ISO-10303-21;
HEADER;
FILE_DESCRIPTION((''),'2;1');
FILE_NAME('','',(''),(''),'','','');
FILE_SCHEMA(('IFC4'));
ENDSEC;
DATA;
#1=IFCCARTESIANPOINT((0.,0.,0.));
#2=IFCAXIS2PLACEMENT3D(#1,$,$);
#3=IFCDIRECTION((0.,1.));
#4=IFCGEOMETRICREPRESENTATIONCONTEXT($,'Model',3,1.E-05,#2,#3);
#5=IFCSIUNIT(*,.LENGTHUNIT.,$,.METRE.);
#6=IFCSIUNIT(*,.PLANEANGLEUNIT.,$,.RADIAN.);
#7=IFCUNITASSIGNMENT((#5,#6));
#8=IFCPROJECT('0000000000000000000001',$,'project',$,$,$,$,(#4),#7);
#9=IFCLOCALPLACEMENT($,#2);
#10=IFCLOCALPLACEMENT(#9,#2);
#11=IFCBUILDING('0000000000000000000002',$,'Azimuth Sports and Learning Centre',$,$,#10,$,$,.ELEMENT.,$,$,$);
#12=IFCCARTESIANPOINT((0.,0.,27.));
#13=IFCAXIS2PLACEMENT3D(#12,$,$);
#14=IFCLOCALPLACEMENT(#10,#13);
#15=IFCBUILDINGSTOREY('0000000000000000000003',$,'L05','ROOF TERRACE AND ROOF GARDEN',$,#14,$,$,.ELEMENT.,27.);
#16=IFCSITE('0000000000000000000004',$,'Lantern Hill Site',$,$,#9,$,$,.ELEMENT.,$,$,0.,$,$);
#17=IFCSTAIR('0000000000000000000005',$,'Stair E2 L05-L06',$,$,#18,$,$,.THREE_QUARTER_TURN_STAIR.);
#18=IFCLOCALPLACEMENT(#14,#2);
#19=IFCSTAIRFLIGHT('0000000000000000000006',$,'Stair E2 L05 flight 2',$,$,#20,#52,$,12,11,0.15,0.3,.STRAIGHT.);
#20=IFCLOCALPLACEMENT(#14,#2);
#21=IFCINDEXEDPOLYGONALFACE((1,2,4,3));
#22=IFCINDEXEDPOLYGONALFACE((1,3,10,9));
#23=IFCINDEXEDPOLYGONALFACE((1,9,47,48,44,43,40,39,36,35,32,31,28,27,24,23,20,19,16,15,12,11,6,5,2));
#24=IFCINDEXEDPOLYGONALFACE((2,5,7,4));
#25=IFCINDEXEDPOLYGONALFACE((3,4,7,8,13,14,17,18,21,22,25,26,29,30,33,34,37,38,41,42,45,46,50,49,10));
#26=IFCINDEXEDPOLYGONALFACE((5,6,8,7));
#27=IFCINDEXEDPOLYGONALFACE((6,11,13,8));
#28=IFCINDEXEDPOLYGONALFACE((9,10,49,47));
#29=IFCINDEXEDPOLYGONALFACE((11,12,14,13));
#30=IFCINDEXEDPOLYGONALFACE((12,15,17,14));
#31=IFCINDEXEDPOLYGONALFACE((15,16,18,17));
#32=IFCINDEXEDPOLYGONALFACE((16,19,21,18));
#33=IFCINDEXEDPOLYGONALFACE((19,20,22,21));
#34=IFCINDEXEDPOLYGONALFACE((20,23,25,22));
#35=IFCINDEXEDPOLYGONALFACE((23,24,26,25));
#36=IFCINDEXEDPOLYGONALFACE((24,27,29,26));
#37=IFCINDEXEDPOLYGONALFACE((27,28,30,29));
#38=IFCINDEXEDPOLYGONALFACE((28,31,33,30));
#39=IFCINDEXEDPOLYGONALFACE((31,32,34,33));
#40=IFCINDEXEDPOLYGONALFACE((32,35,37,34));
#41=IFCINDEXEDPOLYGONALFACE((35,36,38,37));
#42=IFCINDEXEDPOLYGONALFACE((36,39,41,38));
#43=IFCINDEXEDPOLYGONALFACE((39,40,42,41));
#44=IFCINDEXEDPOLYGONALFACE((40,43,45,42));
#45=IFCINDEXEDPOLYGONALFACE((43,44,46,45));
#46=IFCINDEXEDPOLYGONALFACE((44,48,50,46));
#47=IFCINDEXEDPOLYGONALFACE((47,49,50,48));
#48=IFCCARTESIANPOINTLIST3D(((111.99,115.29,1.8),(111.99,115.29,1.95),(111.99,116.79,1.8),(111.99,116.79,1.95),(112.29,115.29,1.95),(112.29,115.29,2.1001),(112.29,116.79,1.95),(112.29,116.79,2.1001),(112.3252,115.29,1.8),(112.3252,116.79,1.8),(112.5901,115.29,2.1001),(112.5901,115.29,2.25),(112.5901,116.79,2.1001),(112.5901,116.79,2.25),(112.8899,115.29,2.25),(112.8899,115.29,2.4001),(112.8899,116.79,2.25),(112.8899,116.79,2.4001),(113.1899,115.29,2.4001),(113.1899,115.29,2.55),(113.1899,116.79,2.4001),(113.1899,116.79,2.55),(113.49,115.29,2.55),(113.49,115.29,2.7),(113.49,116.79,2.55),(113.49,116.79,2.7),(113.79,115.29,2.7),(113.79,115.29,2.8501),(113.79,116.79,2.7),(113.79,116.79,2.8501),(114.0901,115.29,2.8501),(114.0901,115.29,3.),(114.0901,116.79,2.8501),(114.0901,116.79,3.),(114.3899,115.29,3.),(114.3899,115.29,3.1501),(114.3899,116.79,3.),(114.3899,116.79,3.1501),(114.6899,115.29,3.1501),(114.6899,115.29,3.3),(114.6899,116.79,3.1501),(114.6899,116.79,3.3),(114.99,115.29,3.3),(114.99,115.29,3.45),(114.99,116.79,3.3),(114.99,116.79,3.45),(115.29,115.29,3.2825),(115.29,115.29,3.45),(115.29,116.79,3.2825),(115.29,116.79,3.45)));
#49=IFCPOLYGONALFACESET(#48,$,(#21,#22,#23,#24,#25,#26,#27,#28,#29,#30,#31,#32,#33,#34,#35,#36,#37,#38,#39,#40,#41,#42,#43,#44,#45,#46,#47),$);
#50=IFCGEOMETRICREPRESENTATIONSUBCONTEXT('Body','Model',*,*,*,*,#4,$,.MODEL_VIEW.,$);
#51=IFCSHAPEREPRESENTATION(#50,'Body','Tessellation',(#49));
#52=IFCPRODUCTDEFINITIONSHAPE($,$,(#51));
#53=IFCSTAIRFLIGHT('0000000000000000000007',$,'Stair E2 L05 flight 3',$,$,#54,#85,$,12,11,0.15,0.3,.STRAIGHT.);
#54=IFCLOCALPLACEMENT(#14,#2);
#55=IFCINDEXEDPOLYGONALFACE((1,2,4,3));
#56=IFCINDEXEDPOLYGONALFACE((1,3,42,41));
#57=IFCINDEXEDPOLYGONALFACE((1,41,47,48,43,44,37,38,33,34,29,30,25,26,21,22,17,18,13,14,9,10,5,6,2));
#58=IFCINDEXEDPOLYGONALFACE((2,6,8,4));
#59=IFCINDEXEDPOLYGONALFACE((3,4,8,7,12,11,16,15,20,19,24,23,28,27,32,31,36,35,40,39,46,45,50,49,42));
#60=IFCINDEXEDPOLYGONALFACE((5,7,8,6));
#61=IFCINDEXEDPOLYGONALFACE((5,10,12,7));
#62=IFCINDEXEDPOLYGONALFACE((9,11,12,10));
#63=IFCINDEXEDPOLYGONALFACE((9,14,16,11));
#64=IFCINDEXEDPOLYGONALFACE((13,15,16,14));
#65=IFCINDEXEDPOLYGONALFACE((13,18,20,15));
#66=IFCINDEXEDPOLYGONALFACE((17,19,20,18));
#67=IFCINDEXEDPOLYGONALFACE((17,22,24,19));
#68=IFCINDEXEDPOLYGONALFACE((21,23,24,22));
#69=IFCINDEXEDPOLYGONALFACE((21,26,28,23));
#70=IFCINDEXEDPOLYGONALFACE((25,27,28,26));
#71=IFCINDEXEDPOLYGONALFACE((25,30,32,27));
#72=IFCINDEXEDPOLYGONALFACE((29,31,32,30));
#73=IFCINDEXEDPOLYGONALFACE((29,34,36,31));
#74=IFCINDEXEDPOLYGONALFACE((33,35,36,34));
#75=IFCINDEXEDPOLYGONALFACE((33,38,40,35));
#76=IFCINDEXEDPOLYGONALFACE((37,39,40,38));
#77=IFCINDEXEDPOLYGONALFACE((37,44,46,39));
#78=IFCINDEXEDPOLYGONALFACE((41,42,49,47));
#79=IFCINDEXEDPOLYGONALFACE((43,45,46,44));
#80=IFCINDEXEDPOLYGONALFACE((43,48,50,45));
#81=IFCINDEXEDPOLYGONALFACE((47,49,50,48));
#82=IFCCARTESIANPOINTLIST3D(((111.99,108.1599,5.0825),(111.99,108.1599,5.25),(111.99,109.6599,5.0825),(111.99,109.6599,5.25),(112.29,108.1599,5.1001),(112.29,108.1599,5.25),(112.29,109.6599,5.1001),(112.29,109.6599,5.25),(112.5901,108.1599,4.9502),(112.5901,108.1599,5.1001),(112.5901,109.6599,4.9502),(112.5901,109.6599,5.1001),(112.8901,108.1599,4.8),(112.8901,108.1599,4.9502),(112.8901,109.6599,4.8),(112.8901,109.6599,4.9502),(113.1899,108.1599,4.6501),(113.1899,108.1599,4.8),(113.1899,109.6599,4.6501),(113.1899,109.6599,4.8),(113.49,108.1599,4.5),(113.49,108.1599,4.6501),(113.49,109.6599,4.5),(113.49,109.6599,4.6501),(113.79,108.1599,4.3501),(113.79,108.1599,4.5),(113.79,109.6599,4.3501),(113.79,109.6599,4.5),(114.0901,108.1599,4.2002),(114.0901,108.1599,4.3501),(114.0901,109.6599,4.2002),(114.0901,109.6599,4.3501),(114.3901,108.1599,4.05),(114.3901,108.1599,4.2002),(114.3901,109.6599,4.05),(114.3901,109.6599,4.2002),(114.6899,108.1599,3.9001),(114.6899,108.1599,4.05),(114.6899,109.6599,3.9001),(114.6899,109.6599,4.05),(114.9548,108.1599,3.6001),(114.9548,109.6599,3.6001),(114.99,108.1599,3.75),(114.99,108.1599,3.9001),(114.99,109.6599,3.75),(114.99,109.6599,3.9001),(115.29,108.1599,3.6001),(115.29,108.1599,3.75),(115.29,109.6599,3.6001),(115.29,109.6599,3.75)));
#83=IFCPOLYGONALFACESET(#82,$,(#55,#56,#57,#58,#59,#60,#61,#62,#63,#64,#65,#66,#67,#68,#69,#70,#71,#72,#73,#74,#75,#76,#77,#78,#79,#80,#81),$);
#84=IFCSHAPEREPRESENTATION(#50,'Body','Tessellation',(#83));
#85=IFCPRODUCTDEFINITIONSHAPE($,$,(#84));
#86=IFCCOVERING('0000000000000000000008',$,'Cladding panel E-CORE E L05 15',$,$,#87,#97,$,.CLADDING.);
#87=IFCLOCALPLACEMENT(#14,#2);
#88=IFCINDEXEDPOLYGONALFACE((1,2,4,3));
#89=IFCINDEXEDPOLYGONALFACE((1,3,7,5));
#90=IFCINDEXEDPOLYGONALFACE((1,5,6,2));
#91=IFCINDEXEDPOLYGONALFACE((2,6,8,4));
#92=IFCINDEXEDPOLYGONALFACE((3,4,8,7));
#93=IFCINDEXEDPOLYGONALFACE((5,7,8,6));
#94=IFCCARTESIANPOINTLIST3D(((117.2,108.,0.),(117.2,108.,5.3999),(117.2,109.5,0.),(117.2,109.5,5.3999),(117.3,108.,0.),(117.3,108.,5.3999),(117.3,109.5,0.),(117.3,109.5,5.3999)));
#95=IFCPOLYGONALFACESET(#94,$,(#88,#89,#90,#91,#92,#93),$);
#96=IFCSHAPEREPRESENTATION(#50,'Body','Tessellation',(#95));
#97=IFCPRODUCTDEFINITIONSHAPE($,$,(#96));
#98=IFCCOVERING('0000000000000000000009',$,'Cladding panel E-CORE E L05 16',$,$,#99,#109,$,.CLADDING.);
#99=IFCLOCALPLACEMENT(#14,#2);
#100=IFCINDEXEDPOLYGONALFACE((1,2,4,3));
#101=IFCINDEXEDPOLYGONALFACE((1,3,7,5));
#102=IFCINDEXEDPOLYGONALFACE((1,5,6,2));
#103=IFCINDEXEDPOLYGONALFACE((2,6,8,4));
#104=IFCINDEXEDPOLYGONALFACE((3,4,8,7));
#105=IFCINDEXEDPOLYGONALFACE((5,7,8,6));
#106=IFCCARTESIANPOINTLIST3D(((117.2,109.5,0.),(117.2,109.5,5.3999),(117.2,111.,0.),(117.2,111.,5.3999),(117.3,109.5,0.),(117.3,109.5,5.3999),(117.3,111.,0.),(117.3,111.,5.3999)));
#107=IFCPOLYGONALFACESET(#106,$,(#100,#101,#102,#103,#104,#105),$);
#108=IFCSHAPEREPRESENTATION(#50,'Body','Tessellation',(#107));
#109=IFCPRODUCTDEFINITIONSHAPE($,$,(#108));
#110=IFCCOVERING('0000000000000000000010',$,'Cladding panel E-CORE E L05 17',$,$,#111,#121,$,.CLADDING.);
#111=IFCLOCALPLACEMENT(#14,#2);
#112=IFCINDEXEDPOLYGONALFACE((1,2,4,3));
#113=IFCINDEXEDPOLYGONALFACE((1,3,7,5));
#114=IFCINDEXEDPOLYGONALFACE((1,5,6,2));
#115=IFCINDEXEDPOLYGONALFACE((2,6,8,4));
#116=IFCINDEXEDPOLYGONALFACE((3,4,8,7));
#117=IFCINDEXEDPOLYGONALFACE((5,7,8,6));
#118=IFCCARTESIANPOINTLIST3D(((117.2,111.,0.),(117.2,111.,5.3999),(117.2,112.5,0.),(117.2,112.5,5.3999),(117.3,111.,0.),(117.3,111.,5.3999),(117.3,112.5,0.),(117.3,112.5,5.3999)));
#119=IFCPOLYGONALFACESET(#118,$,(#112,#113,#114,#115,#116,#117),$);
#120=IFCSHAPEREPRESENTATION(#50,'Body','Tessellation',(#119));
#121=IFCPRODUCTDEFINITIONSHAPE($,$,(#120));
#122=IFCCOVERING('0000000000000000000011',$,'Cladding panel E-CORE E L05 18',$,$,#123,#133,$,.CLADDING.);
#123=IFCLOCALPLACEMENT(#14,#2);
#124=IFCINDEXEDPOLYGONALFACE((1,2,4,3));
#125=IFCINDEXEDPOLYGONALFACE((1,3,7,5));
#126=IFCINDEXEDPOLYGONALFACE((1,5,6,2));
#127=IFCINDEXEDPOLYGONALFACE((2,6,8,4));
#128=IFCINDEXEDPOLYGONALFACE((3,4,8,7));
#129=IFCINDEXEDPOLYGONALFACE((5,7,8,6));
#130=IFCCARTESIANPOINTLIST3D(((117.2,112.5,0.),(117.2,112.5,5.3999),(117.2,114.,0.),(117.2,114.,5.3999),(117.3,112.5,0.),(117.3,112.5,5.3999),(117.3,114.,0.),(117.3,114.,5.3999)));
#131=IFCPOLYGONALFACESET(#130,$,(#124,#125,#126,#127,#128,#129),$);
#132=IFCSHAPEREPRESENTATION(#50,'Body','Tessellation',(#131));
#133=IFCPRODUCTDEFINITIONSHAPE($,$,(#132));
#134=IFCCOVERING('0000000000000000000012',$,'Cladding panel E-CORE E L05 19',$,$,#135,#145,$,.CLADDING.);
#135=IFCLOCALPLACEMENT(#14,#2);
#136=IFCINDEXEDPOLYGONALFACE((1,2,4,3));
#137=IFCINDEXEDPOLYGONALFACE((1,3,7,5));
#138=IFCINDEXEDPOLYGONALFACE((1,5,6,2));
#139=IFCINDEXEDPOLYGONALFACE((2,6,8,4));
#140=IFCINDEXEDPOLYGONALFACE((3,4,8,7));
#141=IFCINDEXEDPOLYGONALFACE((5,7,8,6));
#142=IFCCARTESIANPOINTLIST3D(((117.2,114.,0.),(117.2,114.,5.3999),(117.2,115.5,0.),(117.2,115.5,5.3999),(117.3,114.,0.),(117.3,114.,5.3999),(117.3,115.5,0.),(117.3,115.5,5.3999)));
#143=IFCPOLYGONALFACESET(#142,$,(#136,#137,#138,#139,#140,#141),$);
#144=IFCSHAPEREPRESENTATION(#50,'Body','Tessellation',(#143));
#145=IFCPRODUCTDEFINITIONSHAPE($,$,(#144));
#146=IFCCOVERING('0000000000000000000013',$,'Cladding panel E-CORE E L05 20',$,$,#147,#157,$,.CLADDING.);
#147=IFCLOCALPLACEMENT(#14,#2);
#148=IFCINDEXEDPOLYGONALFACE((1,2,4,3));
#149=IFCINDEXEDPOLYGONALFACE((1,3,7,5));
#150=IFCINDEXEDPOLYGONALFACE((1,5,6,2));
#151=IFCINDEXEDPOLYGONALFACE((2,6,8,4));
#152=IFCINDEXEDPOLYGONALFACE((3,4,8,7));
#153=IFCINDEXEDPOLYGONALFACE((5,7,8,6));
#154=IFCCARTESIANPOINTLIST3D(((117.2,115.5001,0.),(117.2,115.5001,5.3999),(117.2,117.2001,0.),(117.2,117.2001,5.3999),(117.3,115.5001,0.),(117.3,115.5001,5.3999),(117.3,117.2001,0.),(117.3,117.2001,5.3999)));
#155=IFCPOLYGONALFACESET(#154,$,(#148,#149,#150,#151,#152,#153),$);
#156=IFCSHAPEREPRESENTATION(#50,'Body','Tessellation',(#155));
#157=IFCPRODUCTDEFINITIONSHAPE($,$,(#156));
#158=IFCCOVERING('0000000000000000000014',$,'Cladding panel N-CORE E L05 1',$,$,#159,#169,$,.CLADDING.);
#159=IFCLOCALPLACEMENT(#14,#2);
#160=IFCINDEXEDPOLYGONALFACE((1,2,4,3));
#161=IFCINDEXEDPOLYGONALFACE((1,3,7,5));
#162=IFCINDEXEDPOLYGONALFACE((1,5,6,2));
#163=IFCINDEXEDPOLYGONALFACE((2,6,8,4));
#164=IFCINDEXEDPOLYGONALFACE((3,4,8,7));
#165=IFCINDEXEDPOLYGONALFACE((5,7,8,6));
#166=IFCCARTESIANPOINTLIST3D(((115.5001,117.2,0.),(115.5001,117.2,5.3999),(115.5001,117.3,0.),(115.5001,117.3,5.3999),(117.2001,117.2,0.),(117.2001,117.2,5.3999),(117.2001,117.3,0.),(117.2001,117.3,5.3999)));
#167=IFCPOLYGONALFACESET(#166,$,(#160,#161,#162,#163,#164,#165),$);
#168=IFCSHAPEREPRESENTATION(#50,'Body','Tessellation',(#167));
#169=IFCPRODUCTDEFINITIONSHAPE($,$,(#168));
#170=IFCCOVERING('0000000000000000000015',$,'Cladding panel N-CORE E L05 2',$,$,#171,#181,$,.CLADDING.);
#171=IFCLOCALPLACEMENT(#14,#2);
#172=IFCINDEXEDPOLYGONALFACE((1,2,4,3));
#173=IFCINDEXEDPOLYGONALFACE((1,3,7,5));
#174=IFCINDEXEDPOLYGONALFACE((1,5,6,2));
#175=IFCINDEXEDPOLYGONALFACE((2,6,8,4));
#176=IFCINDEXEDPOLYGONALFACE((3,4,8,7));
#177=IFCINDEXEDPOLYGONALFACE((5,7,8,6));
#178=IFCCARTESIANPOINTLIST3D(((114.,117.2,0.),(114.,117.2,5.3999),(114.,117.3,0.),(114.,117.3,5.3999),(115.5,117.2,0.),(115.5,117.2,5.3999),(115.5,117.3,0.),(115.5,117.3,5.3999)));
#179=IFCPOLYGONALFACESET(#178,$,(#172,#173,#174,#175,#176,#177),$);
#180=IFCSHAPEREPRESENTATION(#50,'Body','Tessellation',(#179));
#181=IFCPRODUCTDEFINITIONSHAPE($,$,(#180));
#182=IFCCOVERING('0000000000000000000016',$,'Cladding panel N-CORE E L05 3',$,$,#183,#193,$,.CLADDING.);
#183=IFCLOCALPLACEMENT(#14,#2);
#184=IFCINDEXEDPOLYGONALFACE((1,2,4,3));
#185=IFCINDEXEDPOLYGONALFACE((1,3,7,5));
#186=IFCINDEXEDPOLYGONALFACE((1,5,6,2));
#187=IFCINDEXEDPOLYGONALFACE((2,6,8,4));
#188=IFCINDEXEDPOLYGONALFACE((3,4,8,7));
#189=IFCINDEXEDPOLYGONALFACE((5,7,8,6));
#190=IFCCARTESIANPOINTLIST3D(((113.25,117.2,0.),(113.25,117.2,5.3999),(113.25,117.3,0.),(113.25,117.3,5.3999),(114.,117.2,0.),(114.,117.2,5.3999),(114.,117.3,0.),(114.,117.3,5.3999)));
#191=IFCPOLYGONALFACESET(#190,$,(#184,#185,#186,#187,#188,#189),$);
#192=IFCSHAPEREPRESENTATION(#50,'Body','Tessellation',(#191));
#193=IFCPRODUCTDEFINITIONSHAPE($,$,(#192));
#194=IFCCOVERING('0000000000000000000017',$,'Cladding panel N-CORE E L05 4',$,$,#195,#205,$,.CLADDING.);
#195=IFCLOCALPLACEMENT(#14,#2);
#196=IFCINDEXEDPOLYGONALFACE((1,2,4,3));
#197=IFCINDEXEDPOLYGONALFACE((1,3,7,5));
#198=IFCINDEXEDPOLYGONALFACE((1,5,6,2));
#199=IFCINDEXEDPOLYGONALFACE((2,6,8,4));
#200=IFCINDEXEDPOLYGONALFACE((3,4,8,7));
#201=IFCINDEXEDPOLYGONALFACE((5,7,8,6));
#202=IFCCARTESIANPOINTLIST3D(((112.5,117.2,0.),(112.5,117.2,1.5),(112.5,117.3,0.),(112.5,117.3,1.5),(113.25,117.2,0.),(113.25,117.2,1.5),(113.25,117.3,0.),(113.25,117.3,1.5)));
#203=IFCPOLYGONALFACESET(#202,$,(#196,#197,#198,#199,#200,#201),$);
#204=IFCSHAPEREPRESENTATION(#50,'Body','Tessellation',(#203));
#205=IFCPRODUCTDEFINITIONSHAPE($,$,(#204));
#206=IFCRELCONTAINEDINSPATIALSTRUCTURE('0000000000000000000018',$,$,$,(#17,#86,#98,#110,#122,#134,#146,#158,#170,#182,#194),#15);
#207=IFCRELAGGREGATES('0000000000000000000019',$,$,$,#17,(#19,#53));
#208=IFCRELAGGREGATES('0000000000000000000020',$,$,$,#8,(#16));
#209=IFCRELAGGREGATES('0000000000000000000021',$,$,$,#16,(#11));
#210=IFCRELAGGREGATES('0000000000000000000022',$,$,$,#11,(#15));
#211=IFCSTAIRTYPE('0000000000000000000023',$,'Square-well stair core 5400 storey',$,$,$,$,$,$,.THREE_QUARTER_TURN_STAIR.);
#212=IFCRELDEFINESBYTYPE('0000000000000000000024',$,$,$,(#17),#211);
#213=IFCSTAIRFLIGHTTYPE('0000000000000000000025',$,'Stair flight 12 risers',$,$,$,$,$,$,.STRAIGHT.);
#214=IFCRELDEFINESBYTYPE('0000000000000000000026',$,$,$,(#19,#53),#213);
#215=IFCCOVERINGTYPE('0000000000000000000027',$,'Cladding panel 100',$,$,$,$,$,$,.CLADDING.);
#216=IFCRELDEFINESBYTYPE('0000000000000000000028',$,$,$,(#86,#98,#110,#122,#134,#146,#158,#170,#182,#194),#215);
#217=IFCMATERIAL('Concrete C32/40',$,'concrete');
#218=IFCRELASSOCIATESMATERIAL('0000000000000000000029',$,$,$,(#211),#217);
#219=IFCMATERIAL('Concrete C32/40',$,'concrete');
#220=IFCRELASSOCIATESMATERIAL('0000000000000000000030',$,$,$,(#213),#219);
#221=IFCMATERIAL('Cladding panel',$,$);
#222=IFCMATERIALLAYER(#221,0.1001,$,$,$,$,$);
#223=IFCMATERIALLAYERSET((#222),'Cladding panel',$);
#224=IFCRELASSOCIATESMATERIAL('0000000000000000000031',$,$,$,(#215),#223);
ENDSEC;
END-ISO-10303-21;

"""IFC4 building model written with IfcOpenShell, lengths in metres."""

from ifc_helpers import new_model, si_unit, direction, frame, origin, origin_2d, place, context, subcontext, project, spatial, polyline, rectangle, outline, extrude, material, layer, layer_set, type_object, element, aggregate, save


model = new_model("IFC4")

# Units and contexts
model_context = context("Model", 3, precision=1e-05, world=origin(), true_north=direction((0.0, 1.0)))
body_context = subcontext(model_context, "Body", "Model", "MODEL_VIEW")
ifc_project = project(units=[si_unit("LENGTHUNIT", "METRE"), si_unit("PLANEANGLEUNIT", "RADIAN")], contexts=[model_context])

# Site, building, storey
site_placement = place(None, origin())
site = spatial("IfcSite", under=ifc_project, at=site_placement, Name="Lantern Hill Site", CompositionType="ELEMENT", RefElevation=0.0)
building_placement = place(site_placement, origin())
building = spatial("IfcBuilding", under=site, at=building_placement, Name="Azimuth Sports and Learning Centre", CompositionType="ELEMENT")
storey_placement = place(building_placement, frame((0.0, 0.0, 27.0)))
storey = spatial("IfcBuildingStorey", under=building, at=storey_placement, Name="L05", Description="ROOF TERRACE AND ROOF GARDEN", CompositionType="ELEMENT", Elevation=27.0)

# Stair, stair flights
ifc_material_1 = material(Name="Concrete C32/40", Category="concrete")
stair_type = type_object("IfcStairType", Name="Square-well stair core 5400 storey", PredefinedType="THREE_QUARTER_TURN_STAIR", material=ifc_material_1)
stair_placement = place(storey_placement, origin())
stair = element("IfcStair", 1, at=stair_placement, inside=storey, type_object=stair_type, Name="Stair E2 L05-L06", PredefinedType="THREE_QUARTER_TURN_STAIR")
ifc_material_2 = material(Name="Concrete C32/40", Category="concrete")
stair_flight_type = type_object("IfcStairFlightType", Name="Stair flight 12 risers", PredefinedType="STRAIGHT", material=ifc_material_2)
stair_flight_1_placement = place(storey_placement, frame((111.99, 116.04, 1.8), z_axis=(0.0, 0.0, 1.0), x_axis=(1.0, 0.0, 0.0)))
stair_flight_1 = element("IfcStairFlight", 2, at=stair_flight_1_placement, type_object=stair_flight_type, Name="Stair E2 L05 flight 2", NumberOfRisers=12, NumberOfTreads=11, PredefinedType="STRAIGHT", RiserHeight=0.15, TreadLength=0.3, context=body_context, shape_type="SweptSolid", body=[
    extrude(outline(polyline([(0.0, 0.0), (0.0, 0.1499), (0.3, 0.1499), (0.3, 0.3), (0.6001, 0.3), (0.6001, 0.45), (0.8999, 0.45), (0.8999, 0.6001), (1.2, 0.6001), (1.2, 0.75), (1.5, 0.75), (1.5, 0.8999), (1.8, 0.8999), (1.8, 1.05), (2.1001, 1.05), (2.1001, 1.2), (2.3999, 1.2), (2.3999, 1.3501), (2.7, 1.3501), (2.7, 1.5), (3.0, 1.5), (3.0, 1.6499), (3.3, 1.6499), (3.3, 1.8), (3.3, 1.4824), (0.3352, 0.0), (0.0, 0.0)])), frame((0.0, 0.75, 0.0), z_axis=(0.0, -1.0, 0.0), x_axis=(1.0, 0.0, 0.0)), (0.0, 0.0, 1.0), 1.5),
])
stair_flight_2_placement = place(storey_placement, frame((115.29, 108.9099, 3.6001), z_axis=(0.0, 0.0, 1.0), x_axis=(-1.0, 0.0, 0.0)))
stair_flight_2 = element("IfcStairFlight", 3, at=stair_flight_2_placement, type_object=stair_flight_type, Name="Stair E2 L05 flight 3", NumberOfRisers=12, NumberOfTreads=11, PredefinedType="STRAIGHT", RiserHeight=0.15, TreadLength=0.3, context=body_context, shape_type="SweptSolid", body=[
    extrude(outline(polyline([(0.0, 0.0), (0.0, 0.1499), (0.3, 0.1499), (0.3, 0.3), (0.6001, 0.3), (0.6001, 0.45), (0.8999, 0.45), (0.8999, 0.6001), (1.2, 0.6001), (1.2, 0.75), (1.5, 0.75), (1.5, 0.8999), (1.8, 0.8999), (1.8, 1.05), (2.1001, 1.05), (2.1001, 1.2), (2.3999, 1.2), (2.3999, 1.3501), (2.7, 1.3501), (2.7, 1.5), (3.0, 1.5), (3.0, 1.6499), (3.3, 1.6499), (3.3, 1.8), (3.3, 1.4824), (0.3352, 0.0), (0.0, 0.0)])), frame((0.0, 0.75, 0.0), z_axis=(0.0, -1.0, 0.0), x_axis=(1.0, 0.0, 0.0)), (0.0, 0.0, 1.0), 1.5),
])
aggregate(stair, [stair_flight_1, stair_flight_2])

# Coverings
ifc_material_3 = material(Name="Cladding panel")
ifc_layer = layer(ifc_material_3, 0.1001)
ifc_layer_set = layer_set([ifc_layer], Name="Cladding panel")
covering_type = type_object("IfcCoveringType", Name="Cladding panel 100", PredefinedType="CLADDING", material=ifc_layer_set)
for number, where, z_axis, x_axis, name in (
    (4, (117.25, 108.75, 0.0), (0.0, 0.0, 1.0), (0.0, 1.0, 0.0), "Cladding panel E-CORE E L05 15"),
    (5, (117.25, 110.25, 0.0), (0.0, 0.0, 1.0), (0.0, 1.0, 0.0), "Cladding panel E-CORE E L05 16"),
    (6, (117.25, 111.75, 0.0), (0.0, 0.0, 1.0), (0.0, 1.0, 0.0), "Cladding panel E-CORE E L05 17"),
    (7, (117.25, 113.25, 0.0), (0.0, 0.0, 1.0), (0.0, 1.0, 0.0), "Cladding panel E-CORE E L05 18"),
    (8, (117.25, 114.75, 0.0), (0.0, 0.0, 1.0), (0.0, 1.0, 0.0), "Cladding panel E-CORE E L05 19"),
):
    element("IfcCovering", number, at=place(storey_placement, frame(where, z_axis=z_axis, x_axis=x_axis)), inside=storey, type_object=covering_type, Name=name, PredefinedType="CLADDING", context=body_context, shape_type="SweptSolid", body=[
        extrude(rectangle(XDim=1.5, YDim=0.1001, at=origin_2d()), origin(), (0.0, 0.0, 1.0), 5.3999),
    ])
for number, where, z_axis, x_axis, name in (
    (9, (117.25, 116.3501, 0.0), (0.0, 0.0, 1.0), (0.0, 1.0, 0.0), "Cladding panel E-CORE E L05 20"),
    (10, (116.3501, 117.25, 0.0), (0.0, 0.0, 1.0), (-1.0, 0.0, 0.0), "Cladding panel N-CORE E L05 1"),
):
    element("IfcCovering", number, at=place(storey_placement, frame(where, z_axis=z_axis, x_axis=x_axis)), inside=storey, type_object=covering_type, Name=name, PredefinedType="CLADDING", context=body_context, shape_type="SweptSolid", body=[
        extrude(rectangle(XDim=1.7, YDim=0.1001, at=origin_2d()), origin(), (0.0, 0.0, 1.0), 5.3999),
    ])
covering_1_placement = place(storey_placement, frame((114.75, 117.25, 0.0), z_axis=(0.0, 0.0, 1.0), x_axis=(-1.0, 0.0, 0.0)))
element("IfcCovering", 11, at=covering_1_placement, inside=storey, type_object=covering_type, Name="Cladding panel N-CORE E L05 2", PredefinedType="CLADDING", context=body_context, shape_type="SweptSolid", body=[
    extrude(rectangle(XDim=1.5, YDim=0.1001, at=origin_2d()), origin(), (0.0, 0.0, 1.0), 5.3999),
])
covering_2_placement = place(storey_placement, frame((113.625, 117.25, 0.0), z_axis=(0.0, 0.0, 1.0), x_axis=(-1.0, 0.0, 0.0)))
element("IfcCovering", 12, at=covering_2_placement, inside=storey, type_object=covering_type, Name="Cladding panel N-CORE E L05 3", PredefinedType="CLADDING", context=body_context, shape_type="SweptSolid", body=[
    extrude(rectangle(XDim=0.75, YDim=0.1001, at=origin_2d()), origin(), (0.0, 0.0, 1.0), 5.3999),
])
covering_3_placement = place(storey_placement, frame((112.875, 117.25, 0.0), z_axis=(0.0, 0.0, 1.0), x_axis=(-1.0, 0.0, 0.0)))
element("IfcCovering", 13, at=covering_3_placement, inside=storey, type_object=covering_type, Name="Cladding panel N-CORE E L05 4", PredefinedType="CLADDING", context=body_context, shape_type="SweptSolid", body=[
    extrude(rectangle(XDim=0.75, YDim=0.1001, at=origin_2d()), origin(), (0.0, 0.0, 1.0), 1.5),
])

save(model, "model.ifc")
